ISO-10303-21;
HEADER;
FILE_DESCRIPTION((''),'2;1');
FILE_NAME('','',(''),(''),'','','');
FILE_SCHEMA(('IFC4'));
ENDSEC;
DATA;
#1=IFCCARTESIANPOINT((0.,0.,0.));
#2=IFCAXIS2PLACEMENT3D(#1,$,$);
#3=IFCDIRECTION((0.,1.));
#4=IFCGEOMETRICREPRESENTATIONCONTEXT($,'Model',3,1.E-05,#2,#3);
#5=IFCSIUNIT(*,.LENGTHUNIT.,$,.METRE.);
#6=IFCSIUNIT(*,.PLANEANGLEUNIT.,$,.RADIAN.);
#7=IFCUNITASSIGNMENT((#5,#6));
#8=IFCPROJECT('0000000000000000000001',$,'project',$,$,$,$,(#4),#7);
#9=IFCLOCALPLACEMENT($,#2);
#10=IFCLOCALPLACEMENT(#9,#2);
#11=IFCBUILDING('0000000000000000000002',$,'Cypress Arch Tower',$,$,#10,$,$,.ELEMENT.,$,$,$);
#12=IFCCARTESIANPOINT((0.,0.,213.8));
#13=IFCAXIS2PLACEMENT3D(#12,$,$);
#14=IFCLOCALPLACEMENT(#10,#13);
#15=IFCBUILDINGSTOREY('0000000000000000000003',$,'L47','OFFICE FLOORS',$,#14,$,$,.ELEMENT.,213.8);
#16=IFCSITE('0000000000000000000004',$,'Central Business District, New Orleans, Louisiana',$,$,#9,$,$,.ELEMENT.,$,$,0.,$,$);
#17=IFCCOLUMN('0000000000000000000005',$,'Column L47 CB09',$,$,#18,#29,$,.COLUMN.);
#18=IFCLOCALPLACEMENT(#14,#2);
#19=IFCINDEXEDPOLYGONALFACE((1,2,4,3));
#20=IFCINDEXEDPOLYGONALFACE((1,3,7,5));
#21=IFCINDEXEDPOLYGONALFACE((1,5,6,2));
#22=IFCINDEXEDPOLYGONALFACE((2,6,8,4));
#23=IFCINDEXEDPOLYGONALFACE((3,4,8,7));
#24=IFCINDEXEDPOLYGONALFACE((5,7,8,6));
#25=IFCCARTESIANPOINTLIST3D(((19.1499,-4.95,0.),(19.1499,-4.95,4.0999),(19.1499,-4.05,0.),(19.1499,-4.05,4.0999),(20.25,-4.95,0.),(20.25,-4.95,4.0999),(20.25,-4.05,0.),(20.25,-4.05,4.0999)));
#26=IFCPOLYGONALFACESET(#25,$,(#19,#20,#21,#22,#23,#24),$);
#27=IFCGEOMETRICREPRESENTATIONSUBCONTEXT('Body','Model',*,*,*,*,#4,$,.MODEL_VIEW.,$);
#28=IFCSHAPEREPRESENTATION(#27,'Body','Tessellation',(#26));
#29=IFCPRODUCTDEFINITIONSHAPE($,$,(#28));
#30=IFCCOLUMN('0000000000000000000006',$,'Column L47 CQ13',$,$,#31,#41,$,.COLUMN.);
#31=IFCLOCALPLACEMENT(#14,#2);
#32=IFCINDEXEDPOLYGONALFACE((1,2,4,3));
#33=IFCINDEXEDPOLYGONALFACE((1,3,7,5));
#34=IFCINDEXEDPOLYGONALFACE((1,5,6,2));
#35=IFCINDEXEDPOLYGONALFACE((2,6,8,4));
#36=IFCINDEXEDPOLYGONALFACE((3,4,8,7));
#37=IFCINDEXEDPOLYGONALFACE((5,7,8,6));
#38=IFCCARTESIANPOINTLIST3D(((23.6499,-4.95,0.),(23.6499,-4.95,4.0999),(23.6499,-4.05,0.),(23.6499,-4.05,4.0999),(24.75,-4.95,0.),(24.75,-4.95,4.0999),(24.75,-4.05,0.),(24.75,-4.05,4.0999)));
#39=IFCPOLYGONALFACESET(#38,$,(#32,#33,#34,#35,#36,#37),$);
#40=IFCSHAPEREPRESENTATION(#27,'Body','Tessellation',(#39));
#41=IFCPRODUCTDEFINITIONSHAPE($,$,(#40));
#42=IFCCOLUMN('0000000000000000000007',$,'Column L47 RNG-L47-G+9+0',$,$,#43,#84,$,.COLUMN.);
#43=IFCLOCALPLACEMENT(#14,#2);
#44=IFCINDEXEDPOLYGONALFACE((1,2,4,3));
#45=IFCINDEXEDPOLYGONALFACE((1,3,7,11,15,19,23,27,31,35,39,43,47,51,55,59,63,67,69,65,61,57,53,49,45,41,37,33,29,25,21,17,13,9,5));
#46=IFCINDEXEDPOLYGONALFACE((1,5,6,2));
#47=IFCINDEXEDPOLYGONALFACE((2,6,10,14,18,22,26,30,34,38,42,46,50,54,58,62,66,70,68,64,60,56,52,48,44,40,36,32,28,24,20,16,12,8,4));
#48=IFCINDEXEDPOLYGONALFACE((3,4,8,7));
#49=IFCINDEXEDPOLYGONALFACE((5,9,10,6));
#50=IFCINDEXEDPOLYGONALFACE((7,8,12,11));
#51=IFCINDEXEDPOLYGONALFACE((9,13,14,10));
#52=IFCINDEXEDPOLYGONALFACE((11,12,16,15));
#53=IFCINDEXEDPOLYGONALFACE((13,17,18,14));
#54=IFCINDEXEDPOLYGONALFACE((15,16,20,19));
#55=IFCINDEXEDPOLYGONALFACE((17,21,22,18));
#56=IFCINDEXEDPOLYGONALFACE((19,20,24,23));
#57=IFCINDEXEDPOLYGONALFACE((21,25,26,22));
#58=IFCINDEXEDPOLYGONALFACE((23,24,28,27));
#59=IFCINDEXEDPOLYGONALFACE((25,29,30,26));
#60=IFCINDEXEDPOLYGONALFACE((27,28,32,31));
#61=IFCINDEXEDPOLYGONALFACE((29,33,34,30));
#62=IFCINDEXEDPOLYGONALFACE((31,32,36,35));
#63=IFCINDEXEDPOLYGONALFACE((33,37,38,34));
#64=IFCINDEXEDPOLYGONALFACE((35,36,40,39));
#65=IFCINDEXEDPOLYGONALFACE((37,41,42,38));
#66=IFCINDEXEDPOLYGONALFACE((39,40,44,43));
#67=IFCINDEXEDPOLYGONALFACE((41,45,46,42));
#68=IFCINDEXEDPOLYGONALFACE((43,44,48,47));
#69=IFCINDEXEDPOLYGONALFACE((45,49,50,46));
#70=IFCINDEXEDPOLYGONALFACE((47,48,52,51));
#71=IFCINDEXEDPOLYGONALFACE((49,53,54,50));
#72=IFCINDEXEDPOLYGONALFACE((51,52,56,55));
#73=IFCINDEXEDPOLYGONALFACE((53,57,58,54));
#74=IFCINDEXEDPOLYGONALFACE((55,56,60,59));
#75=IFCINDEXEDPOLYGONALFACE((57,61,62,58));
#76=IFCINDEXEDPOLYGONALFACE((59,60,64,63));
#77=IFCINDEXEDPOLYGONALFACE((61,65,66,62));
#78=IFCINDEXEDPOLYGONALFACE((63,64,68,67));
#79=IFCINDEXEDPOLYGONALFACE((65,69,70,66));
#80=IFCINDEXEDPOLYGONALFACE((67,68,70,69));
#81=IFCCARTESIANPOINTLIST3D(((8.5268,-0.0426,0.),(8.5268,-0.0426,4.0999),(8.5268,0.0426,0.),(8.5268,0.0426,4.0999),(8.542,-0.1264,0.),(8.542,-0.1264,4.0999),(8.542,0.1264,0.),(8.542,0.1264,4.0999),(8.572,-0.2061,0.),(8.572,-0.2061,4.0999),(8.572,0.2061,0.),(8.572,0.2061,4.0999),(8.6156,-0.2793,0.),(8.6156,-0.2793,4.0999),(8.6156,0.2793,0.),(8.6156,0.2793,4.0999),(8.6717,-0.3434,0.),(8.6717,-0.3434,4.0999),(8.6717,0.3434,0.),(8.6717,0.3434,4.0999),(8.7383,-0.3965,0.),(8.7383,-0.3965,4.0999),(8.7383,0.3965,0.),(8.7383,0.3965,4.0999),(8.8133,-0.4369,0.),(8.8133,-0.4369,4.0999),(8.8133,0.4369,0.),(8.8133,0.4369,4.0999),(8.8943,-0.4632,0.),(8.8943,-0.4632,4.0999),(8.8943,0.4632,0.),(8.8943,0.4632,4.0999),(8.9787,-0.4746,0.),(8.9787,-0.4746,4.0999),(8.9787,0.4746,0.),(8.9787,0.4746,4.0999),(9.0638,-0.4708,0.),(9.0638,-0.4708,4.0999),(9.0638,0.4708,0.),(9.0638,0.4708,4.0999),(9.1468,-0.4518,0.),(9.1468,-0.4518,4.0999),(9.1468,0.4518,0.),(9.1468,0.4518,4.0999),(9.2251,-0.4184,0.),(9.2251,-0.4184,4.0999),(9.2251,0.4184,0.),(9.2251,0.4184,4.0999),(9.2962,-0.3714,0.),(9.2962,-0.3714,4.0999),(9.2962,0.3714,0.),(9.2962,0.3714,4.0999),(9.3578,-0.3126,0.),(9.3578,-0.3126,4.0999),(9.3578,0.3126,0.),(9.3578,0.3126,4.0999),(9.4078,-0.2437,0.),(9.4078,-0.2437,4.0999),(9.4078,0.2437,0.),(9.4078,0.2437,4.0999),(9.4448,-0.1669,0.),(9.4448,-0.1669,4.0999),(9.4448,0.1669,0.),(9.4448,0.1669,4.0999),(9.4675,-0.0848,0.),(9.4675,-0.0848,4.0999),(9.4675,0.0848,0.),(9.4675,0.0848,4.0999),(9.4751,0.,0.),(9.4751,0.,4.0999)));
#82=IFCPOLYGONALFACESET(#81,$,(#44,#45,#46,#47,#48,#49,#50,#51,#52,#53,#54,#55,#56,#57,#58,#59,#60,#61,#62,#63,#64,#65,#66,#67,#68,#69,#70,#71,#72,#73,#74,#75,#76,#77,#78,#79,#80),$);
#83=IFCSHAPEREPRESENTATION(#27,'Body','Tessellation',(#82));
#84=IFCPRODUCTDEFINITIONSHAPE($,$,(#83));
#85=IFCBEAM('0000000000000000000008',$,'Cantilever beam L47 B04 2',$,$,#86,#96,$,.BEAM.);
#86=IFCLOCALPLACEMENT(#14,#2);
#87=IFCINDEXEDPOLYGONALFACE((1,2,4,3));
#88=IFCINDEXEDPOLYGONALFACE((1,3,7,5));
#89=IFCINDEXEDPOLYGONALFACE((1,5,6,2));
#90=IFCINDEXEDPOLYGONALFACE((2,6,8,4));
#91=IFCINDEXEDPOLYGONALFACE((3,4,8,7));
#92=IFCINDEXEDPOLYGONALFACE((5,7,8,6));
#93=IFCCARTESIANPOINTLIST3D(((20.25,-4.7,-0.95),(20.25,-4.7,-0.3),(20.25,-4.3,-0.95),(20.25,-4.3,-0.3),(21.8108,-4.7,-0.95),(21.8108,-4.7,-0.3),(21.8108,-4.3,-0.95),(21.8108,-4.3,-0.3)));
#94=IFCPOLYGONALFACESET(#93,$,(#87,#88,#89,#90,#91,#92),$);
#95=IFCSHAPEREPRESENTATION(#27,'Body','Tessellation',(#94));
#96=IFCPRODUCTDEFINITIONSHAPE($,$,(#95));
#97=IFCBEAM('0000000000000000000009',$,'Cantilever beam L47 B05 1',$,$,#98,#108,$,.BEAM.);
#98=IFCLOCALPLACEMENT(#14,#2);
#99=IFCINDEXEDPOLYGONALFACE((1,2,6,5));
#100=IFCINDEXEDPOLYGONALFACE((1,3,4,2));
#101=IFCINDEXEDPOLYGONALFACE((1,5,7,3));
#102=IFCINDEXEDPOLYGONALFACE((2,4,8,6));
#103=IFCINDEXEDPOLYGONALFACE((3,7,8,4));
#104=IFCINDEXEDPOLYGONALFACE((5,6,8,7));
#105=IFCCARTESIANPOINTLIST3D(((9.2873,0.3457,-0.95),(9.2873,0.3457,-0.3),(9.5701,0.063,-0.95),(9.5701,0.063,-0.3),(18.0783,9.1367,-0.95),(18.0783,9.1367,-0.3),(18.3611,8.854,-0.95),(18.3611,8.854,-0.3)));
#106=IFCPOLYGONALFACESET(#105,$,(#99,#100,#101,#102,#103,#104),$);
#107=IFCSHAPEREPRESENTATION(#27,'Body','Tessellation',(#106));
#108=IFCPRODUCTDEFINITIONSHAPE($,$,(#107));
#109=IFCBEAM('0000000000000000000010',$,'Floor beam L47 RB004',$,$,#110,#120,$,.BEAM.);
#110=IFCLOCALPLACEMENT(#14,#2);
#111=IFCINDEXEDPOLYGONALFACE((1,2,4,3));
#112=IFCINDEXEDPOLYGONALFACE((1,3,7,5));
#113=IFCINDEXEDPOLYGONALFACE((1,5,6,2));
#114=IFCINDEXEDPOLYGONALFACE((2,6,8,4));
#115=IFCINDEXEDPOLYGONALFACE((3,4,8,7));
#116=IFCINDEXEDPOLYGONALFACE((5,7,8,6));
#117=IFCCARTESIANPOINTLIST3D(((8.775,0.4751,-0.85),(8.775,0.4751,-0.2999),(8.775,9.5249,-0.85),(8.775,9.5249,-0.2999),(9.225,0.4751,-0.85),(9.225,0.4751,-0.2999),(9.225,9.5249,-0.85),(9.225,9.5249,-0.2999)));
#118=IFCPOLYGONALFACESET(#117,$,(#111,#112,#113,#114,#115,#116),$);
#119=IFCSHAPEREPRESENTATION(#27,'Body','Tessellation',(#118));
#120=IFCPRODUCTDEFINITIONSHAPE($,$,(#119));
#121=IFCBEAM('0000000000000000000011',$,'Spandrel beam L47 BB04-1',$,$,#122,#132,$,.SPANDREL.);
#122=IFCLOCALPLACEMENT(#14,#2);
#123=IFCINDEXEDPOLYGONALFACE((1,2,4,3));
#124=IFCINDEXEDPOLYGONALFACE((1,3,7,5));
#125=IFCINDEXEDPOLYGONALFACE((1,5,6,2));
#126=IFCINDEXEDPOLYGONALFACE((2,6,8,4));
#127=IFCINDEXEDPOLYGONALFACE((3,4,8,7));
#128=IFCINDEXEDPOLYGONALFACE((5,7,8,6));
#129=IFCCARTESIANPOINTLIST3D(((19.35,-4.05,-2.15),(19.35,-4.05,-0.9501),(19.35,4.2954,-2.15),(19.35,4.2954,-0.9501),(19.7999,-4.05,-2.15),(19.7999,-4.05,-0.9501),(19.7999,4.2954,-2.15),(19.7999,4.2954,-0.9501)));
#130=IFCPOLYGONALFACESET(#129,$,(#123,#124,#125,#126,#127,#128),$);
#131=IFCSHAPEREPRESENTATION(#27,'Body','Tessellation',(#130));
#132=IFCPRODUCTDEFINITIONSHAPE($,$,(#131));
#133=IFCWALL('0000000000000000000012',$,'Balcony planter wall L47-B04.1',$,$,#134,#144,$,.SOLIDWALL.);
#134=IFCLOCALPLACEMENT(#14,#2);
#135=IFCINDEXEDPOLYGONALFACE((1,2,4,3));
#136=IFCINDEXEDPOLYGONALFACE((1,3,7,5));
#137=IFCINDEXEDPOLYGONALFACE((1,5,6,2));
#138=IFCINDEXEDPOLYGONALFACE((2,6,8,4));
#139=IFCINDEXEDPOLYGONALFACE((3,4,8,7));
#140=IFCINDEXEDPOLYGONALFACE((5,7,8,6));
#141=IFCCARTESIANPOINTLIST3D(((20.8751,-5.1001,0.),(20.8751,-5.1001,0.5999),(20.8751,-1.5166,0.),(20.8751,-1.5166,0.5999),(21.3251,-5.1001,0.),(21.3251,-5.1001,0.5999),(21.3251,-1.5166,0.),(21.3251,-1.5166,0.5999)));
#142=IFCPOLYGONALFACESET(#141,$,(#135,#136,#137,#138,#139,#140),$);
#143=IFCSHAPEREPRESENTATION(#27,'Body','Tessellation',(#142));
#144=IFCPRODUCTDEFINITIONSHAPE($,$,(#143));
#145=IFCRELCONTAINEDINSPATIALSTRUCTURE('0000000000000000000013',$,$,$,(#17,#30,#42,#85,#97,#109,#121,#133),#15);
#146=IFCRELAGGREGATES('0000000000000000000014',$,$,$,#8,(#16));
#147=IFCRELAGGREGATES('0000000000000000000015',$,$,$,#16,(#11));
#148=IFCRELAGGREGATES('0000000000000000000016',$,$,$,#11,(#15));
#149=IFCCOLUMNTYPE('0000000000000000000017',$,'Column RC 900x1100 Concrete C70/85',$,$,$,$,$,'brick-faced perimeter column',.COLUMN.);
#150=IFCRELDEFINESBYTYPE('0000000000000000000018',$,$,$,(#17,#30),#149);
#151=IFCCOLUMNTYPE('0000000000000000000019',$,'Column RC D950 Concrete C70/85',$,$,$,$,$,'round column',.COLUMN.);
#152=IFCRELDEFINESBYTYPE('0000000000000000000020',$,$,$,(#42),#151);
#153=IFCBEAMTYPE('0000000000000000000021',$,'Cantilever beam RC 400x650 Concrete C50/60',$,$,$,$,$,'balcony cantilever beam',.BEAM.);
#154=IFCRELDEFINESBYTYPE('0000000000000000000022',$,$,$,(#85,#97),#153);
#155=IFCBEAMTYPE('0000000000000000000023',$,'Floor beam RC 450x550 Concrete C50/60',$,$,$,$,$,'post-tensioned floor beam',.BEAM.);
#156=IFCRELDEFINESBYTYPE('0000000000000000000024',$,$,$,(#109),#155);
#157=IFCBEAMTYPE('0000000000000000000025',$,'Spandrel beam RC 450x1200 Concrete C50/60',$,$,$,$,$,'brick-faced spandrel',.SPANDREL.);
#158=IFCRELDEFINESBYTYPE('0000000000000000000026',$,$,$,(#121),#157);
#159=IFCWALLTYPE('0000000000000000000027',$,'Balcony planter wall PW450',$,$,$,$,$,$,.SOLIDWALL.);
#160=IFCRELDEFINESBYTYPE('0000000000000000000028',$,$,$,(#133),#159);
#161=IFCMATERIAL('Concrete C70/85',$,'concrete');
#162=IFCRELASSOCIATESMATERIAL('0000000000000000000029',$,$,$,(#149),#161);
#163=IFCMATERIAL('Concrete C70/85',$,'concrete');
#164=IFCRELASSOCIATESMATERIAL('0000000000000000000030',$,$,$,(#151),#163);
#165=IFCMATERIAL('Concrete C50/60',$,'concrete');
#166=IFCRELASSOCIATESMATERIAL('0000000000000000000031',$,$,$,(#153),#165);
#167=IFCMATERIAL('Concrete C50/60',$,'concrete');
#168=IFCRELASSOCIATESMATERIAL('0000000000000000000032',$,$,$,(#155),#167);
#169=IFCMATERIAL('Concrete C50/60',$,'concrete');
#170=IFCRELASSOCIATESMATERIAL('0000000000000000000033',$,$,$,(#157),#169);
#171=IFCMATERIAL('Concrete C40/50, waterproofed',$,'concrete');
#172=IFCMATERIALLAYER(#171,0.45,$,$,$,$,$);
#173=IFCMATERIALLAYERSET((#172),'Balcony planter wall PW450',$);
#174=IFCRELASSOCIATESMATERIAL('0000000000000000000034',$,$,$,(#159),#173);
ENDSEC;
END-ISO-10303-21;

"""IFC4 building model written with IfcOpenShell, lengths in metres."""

from ifc_helpers import new_model, si_unit, direction, frame, frame_2d, origin, origin_2d, place, context, subcontext, project, spatial, rectangle, circle, extrude, material, layer, layer_set, material_profile, profile_set, type_object, element, save


model = new_model("IFC4")

# Units and contexts
model_context = context("Model", 3, precision=1e-05, world=origin(), true_north=direction((0.0, 1.0)))
body_context = subcontext(model_context, "Body", "Model", "MODEL_VIEW")
ifc_project = project(units=[si_unit("LENGTHUNIT", "METRE"), si_unit("PLANEANGLEUNIT", "RADIAN")], contexts=[model_context])

# Site, building, storey
site_placement = place(None, origin())
site = spatial("IfcSite", under=ifc_project, at=site_placement, Name="Central Business District, New Orleans, Louisiana", CompositionType="ELEMENT", RefElevation=0.0)
building_placement = place(site_placement, origin())
building = spatial("IfcBuilding", under=site, at=building_placement, Name="Cypress Arch Tower", CompositionType="ELEMENT")
storey_placement = place(building_placement, frame((0.0, 0.0, 213.8)))
storey = spatial("IfcBuildingStorey", under=building, at=storey_placement, Name="L47", Description="OFFICE FLOORS", CompositionType="ELEMENT", Elevation=213.8)

# Columns
ifc_material_1 = material(Name="Concrete C70/85", Category="concrete")
ifc_material_profile_1 = material_profile(ifc_material_1, rectangle(XDim=0.8999, YDim=1.1001, at=origin_2d()), Name="RC 900x1100")
ifc_profile_set_1 = profile_set([ifc_material_profile_1], Name="Concrete C70/85")
column_type_1 = type_object("IfcColumnType", Name="Column RC 900x1100 Concrete C70/85", ElementType="brick-faced perimeter column", PredefinedType="COLUMN", material=ifc_profile_set_1)
for number, where, z_axis, x_axis, name in (
    (1, (19.7, -4.5, 0.0), (0.0, 0.0, 1.0), (0.0, 1.0, 0.0), "Column L47 CB09"),
    (2, (24.2, -4.5, 0.0), (0.0, 0.0, 1.0), (0.0, 1.0, 0.0), "Column L47 CQ13"),
):
    element("IfcColumn", number, at=place(storey_placement, frame(where, z_axis=z_axis, x_axis=x_axis)), inside=storey, type_object=column_type_1, Name=name, PredefinedType="COLUMN", context=body_context, shape_type="SweptSolid", body=[
        extrude(rectangle(XDim=0.8999, YDim=1.1001, at=origin_2d()), origin(), (0.0, 0.0, 1.0), 4.0999),
    ])
ifc_material_2 = material(Name="Concrete C70/85", Category="concrete")
ifc_material_profile_2 = material_profile(ifc_material_2, circle(Radius=0.4751, at=origin_2d()), Name="RC D950")
ifc_profile_set_2 = profile_set([ifc_material_profile_2], Name="Concrete C70/85")
column_type_2 = type_object("IfcColumnType", Name="Column RC D950 Concrete C70/85", ElementType="round column", PredefinedType="COLUMN", material=ifc_profile_set_2)
column_placement = place(storey_placement, frame((9.0, 0.0, 0.0), z_axis=(0.0, 0.0, 1.0), x_axis=(1.0, 0.0, 0.0)))
element("IfcColumn", 3, at=column_placement, inside=storey, type_object=column_type_2, Name="Column L47 RNG-L47-G+9+0", PredefinedType="COLUMN", context=body_context, shape_type="SweptSolid", body=[
    extrude(circle(Radius=0.4751, at=origin_2d()), origin(), (0.0, 0.0, 1.0), 4.0999),
])

# Beams
ifc_material_3 = material(Name="Concrete C50/60", Category="concrete")
ifc_material_profile_3 = material_profile(ifc_material_3, rectangle(XDim=0.3999, YDim=0.6499, at=origin_2d()), Name="RC 400x650")
ifc_profile_set_3 = profile_set([ifc_material_profile_3], Name="Concrete C50/60")
beam_type_1 = type_object("IfcBeamType", Name="Cantilever beam RC 400x650 Concrete C50/60", ElementType="balcony cantilever beam", PredefinedType="BEAM", material=ifc_profile_set_3)
beam_1_placement = place(storey_placement, frame((20.25, -4.5, -0.625), z_axis=(1.0, 0.0, 0.0), x_axis=(0.0, 1.0, 0.0)))
element("IfcBeam", 4, at=beam_1_placement, inside=storey, type_object=beam_type_1, Name="Cantilever beam L47 B04 2", PredefinedType="BEAM", context=body_context, shape_type="SweptSolid", body=[
    extrude(rectangle(XDim=0.3999, YDim=0.6499, at=origin_2d()), origin(), (0.0, 0.0, 1.0), 1.5608),
])
beam_2_placement = place(storey_placement, frame((9.4287, 0.2043, -0.625), z_axis=(0.707107, 0.707107, 0.0), x_axis=(-0.707107, 0.707107, 0.0)))
element("IfcBeam", 5, at=beam_2_placement, inside=storey, type_object=beam_type_1, Name="Cantilever beam L47 B05 1", PredefinedType="BEAM", context=body_context, shape_type="SweptSolid", body=[
    extrude(rectangle(XDim=0.3999, YDim=0.6499, at=origin_2d()), origin(), (0.0, 0.0, 1.0), 12.4324),
])
ifc_material_4 = material(Name="Concrete C50/60", Category="concrete")
ifc_material_profile_4 = material_profile(ifc_material_4, rectangle(XDim=0.45, YDim=0.55, at=origin_2d()), Name="RC 450x550")
ifc_profile_set_4 = profile_set([ifc_material_profile_4], Name="Concrete C50/60")
beam_type_2 = type_object("IfcBeamType", Name="Floor beam RC 450x550 Concrete C50/60", ElementType="post-tensioned floor beam", PredefinedType="BEAM", material=ifc_profile_set_4)
beam_3_placement = place(storey_placement, frame((9.0, 0.4751, -0.575), z_axis=(0.0, 1.0, 0.0), x_axis=(-1.0, 0.0, 0.0)))
element("IfcBeam", 6, at=beam_3_placement, inside=storey, type_object=beam_type_2, Name="Floor beam L47 RB004", PredefinedType="BEAM", context=body_context, shape_type="SweptSolid", body=[
    extrude(rectangle(XDim=0.45, YDim=0.55, at=origin_2d()), origin(), (0.0, 0.0, 1.0), 9.0498),
])
ifc_material_5 = material(Name="Concrete C50/60", Category="concrete")
ifc_material_profile_5 = material_profile(ifc_material_5, rectangle(XDim=0.45, YDim=1.2, at=origin_2d()), Name="RC 450x1200")
ifc_profile_set_5 = profile_set([ifc_material_profile_5], Name="Concrete C50/60")
beam_type_3 = type_object("IfcBeamType", Name="Spandrel beam RC 450x1200 Concrete C50/60", ElementType="brick-faced spandrel", PredefinedType="SPANDREL", material=ifc_profile_set_5)
beam_4_placement = place(storey_placement, frame((19.575, -4.05, -1.55), z_axis=(0.0, 1.0, 0.0), x_axis=(-1.0, 0.0, 0.0)))
element("IfcBeam", 7, at=beam_4_placement, inside=storey, type_object=beam_type_3, Name="Spandrel beam L47 BB04-1", PredefinedType="SPANDREL", context=body_context, shape_type="SweptSolid", body=[
    extrude(rectangle(XDim=0.45, YDim=1.2, at=origin_2d()), origin(), (0.0, 0.0, 1.0), 8.3455),
])

# Wall
ifc_material_6 = material(Name="Concrete C40/50, waterproofed", Category="concrete")
ifc_layer_1 = layer(ifc_material_6, 0.45)
ifc_layer_set_1 = layer_set([ifc_layer_1], Name="Balcony planter wall PW450")
wall_type_1 = type_object("IfcWallType", Name="Balcony planter wall PW450", PredefinedType="SOLIDWALL", material=ifc_layer_set_1)
wall_1_placement = place(storey_placement, frame((21.1001, -5.1001, 0.0), z_axis=(0.0, 0.0, 1.0), x_axis=(0.0, 1.0, 0.0)))
element("IfcWall", 8, at=wall_1_placement, inside=storey, type_object=wall_type_1, Name="Balcony planter wall L47-B04.1", PredefinedType="SOLIDWALL", context=body_context, shape_type="SweptSolid", body=[
    extrude(rectangle(XDim=3.5835, YDim=0.45, at=frame_2d((1.7917, 0.0))), origin(), (0.0, 0.0, 1.0), 0.5999),
])

save(model, "model.ifc")
